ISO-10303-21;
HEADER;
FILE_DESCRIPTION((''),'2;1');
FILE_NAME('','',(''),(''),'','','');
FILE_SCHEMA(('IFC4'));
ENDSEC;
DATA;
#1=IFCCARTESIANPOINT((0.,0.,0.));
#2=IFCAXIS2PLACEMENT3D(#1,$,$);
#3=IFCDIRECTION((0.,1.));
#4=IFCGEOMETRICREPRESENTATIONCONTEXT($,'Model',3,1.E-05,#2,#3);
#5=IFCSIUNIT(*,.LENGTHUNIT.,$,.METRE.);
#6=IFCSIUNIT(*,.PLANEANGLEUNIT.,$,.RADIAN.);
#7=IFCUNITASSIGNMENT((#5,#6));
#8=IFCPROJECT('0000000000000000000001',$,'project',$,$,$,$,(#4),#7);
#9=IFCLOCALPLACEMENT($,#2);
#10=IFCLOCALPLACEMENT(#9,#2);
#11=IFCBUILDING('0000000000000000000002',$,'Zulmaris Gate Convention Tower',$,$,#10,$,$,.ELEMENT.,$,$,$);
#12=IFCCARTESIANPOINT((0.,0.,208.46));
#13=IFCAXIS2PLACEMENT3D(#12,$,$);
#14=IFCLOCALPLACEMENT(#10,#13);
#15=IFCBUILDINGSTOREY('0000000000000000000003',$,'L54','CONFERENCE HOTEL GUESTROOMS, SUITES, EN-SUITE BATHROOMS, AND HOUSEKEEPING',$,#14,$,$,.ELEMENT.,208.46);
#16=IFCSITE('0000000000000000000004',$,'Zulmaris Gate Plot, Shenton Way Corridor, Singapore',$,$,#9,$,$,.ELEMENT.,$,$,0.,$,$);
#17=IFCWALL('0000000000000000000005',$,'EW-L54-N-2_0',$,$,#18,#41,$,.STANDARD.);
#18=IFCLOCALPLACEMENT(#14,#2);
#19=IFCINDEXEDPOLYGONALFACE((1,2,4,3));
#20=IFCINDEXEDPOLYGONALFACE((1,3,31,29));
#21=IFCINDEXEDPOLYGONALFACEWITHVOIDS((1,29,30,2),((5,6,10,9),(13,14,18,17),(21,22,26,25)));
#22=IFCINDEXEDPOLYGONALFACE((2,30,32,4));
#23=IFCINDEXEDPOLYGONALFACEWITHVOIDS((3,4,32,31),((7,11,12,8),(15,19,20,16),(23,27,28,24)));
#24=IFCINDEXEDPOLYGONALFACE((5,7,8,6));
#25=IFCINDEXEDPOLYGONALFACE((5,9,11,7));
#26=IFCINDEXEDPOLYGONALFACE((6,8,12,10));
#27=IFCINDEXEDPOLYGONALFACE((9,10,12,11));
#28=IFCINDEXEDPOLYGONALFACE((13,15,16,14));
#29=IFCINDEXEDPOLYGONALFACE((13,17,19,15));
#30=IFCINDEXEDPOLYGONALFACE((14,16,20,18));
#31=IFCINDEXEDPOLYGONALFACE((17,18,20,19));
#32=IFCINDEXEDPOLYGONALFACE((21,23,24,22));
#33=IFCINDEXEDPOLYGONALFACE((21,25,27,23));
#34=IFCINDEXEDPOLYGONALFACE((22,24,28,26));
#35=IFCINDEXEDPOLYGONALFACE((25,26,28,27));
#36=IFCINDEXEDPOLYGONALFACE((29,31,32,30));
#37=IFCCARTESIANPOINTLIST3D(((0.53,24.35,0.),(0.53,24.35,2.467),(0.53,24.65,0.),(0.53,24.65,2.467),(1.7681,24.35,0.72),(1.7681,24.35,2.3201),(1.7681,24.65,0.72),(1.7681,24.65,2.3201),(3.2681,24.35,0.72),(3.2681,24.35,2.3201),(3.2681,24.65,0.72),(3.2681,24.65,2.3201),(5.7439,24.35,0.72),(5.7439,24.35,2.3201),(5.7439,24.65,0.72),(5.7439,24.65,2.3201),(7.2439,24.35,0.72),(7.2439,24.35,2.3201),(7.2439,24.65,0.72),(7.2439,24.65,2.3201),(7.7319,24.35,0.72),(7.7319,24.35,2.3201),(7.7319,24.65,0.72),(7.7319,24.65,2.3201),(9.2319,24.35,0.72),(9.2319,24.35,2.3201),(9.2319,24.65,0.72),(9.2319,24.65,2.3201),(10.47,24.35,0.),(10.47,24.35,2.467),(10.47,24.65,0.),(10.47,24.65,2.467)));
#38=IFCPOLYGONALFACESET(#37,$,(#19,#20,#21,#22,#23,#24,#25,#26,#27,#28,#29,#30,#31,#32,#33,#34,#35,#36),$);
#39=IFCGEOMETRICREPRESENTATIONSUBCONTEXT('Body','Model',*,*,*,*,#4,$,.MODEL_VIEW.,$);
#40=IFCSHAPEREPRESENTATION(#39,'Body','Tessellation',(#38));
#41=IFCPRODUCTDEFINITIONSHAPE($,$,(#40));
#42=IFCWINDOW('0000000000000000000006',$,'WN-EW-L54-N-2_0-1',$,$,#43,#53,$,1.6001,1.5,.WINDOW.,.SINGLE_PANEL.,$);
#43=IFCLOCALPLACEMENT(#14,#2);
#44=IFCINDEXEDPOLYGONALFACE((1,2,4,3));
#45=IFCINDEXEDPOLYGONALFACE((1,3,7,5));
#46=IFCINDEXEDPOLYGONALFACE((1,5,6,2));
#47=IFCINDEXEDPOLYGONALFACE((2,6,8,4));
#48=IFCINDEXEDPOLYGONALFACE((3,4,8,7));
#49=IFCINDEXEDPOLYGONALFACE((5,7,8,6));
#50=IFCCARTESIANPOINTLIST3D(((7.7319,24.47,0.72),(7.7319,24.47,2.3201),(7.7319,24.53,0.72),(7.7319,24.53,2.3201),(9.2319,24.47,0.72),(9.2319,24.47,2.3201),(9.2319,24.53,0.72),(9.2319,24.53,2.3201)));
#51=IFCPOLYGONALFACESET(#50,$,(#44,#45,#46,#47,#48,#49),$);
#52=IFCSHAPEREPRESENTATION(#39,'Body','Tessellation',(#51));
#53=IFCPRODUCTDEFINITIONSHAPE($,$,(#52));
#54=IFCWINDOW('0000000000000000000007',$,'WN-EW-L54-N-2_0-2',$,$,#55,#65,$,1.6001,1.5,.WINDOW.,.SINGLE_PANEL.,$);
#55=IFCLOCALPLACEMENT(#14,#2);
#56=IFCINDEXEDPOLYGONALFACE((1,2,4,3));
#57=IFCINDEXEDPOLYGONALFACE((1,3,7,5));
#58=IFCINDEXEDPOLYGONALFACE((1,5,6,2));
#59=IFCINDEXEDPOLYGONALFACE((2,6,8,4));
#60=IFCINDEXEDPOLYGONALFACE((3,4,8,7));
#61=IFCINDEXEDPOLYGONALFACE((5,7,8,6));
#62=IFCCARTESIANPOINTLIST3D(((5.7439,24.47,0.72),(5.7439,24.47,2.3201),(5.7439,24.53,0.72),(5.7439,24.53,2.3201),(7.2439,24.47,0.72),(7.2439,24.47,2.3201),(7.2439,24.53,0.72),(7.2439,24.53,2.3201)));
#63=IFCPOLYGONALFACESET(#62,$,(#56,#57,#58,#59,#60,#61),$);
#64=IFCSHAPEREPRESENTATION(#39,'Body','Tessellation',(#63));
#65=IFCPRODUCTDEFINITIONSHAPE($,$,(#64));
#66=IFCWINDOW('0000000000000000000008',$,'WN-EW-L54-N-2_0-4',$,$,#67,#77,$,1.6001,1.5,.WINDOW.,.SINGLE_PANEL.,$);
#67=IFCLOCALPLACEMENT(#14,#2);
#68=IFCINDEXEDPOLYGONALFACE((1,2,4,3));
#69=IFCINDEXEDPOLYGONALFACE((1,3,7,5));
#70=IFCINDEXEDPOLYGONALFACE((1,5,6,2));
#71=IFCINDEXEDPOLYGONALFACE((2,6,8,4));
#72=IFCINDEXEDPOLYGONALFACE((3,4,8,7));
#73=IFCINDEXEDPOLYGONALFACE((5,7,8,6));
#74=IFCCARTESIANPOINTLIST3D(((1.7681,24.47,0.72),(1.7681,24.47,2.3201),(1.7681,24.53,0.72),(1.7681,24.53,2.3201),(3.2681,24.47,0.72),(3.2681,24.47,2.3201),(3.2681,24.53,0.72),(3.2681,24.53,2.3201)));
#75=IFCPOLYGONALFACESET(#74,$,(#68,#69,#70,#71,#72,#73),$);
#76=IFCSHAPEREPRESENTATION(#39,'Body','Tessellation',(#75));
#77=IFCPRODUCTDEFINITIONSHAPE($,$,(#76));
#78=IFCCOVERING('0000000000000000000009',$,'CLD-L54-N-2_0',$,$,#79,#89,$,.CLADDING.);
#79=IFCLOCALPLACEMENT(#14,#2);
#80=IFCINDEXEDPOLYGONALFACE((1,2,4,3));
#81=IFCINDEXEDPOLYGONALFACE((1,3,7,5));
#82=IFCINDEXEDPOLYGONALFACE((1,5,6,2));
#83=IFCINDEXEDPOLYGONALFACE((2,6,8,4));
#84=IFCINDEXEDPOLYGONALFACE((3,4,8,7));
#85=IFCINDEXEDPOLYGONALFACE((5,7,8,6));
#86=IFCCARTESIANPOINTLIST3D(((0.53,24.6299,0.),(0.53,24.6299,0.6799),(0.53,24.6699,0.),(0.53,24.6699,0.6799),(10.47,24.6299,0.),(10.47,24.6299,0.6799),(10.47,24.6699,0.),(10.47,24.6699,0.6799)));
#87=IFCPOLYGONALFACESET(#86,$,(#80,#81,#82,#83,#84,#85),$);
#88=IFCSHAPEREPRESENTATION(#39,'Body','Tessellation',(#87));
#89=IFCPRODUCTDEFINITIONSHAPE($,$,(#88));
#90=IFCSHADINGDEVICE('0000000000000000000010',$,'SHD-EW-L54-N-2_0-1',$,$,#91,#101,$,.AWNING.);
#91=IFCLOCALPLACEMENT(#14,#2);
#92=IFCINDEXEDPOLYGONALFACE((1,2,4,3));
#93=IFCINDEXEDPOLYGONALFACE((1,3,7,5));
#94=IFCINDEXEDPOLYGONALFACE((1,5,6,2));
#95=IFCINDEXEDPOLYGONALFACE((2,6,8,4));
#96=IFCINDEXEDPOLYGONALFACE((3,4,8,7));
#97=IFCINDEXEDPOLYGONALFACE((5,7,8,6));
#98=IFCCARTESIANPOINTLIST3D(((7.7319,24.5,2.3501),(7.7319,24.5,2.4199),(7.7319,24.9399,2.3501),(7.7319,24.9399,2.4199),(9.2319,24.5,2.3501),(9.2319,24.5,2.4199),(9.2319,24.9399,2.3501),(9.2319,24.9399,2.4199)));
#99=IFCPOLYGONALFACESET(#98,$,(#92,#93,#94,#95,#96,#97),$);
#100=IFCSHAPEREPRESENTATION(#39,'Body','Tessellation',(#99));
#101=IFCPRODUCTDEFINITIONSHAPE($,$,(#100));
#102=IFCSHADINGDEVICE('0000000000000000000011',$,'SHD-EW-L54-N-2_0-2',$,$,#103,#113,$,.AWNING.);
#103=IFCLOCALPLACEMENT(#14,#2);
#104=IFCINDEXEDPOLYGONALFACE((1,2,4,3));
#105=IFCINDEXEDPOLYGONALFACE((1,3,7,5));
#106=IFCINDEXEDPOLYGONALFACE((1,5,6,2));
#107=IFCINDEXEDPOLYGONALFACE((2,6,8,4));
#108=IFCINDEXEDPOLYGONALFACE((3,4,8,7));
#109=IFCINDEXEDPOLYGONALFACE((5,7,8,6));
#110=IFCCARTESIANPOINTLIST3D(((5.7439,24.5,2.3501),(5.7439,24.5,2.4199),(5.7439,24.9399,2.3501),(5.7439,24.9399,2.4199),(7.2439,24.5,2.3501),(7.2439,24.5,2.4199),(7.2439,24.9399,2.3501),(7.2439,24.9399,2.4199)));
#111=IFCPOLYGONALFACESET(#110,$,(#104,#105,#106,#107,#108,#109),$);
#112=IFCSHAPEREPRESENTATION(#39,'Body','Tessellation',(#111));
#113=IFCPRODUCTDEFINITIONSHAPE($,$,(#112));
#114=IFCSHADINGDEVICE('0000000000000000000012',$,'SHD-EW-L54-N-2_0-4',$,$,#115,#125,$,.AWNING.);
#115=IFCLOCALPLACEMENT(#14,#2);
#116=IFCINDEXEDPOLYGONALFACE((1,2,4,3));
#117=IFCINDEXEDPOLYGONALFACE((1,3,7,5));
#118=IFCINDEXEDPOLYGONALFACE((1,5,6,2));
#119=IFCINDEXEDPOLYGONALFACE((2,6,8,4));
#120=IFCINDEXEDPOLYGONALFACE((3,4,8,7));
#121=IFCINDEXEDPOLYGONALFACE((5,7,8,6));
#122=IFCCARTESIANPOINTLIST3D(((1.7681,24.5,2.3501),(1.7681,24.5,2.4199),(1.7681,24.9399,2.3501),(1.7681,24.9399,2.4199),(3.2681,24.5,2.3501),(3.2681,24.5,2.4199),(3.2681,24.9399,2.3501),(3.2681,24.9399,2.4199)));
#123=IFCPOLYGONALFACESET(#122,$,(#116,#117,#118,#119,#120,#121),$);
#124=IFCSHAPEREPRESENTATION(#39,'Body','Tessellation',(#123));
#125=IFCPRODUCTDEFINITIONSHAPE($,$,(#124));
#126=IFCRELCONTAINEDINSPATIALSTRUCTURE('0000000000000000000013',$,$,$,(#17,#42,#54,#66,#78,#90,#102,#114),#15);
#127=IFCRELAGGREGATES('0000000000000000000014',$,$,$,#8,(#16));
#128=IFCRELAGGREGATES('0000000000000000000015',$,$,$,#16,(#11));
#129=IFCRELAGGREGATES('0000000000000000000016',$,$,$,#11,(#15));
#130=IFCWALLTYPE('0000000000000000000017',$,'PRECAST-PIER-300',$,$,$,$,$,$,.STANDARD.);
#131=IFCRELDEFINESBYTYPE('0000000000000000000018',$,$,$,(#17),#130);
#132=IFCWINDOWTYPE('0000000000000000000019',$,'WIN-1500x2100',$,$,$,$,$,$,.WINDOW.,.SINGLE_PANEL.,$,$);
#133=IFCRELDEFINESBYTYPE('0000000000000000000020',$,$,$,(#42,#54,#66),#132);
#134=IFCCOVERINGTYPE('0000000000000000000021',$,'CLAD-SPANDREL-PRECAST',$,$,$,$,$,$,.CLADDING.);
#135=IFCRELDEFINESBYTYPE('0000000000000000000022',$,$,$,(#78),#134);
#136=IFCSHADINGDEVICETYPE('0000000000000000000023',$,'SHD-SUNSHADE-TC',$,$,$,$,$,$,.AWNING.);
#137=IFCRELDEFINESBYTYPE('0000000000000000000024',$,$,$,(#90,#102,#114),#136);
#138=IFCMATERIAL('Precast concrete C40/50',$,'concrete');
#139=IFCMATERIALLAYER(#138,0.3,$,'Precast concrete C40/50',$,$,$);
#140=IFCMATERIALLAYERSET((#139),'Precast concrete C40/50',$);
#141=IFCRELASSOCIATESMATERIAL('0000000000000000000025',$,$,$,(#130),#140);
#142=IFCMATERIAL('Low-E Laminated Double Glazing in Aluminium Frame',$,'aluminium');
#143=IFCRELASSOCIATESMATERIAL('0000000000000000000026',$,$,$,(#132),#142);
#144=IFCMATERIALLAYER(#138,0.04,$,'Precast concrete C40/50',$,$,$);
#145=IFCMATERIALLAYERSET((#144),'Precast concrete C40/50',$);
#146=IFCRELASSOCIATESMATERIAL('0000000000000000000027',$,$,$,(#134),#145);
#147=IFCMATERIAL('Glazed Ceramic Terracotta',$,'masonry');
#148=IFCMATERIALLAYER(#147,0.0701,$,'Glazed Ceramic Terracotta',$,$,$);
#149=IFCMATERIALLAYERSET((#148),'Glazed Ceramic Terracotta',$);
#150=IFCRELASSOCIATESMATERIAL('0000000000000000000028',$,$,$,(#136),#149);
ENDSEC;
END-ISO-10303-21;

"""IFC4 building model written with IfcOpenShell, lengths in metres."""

from ifc_helpers import new_model, si_unit, direction, frame, frame_2d, origin, place, context, subcontext, project, spatial, rectangle, extrude, material, layer, layer_set, type_object, element, fill, save


model = new_model("IFC4")

# Units and contexts
model_context = context("Model", 3, precision=1e-05, world=origin(), true_north=direction((0.0, 1.0)))
body_context = subcontext(model_context, "Body", "Model", "MODEL_VIEW")
ifc_project = project(units=[si_unit("LENGTHUNIT", "METRE"), si_unit("PLANEANGLEUNIT", "RADIAN")], contexts=[model_context])

# Site, building, storey
site_placement = place(None, origin())
site = spatial("IfcSite", under=ifc_project, at=site_placement, Name="Zulmaris Gate Plot, Shenton Way Corridor, Singapore", CompositionType="ELEMENT", RefElevation=0.0)
building_placement = place(site_placement, origin())
building = spatial("IfcBuilding", under=site, at=building_placement, Name="Zulmaris Gate Convention Tower", CompositionType="ELEMENT")
storey_placement = place(building_placement, frame((0.0, 0.0, 208.46)))
storey = spatial("IfcBuildingStorey", under=building, at=storey_placement, Name="L54", Description="CONFERENCE HOTEL GUESTROOMS, SUITES, EN-SUITE BATHROOMS, AND HOUSEKEEPING", CompositionType="ELEMENT", Elevation=208.46)

# Wall, openings, windows
ifc_material_1 = material(Name="Precast concrete C40/50", Category="concrete")
ifc_layer_1 = layer(ifc_material_1, 0.3, Name="Precast concrete C40/50")
ifc_layer_set_1 = layer_set([ifc_layer_1], Name="Precast concrete C40/50")
wall_type_1 = type_object("IfcWallType", Name="PRECAST-PIER-300", PredefinedType="STANDARD", material=ifc_layer_set_1)
wall_1_placement = place(storey_placement, frame((10.47, 24.5, 0.0), z_axis=(0.0, 0.0, 1.0), x_axis=(-1.0, 0.0, 0.0)))
wall_1 = element("IfcWall", 1, at=wall_1_placement, inside=storey, type_object=wall_type_1, Name="EW-L54-N-2_0", PredefinedType="STANDARD", context=body_context, shape_type="SweptSolid", body=[
    extrude(rectangle(XDim=9.9399, YDim=0.3, at=frame_2d((4.97, 0.0))), origin(), (0.0, 0.0, 1.0), 2.467),
])
opening_1_placement = place(wall_1_placement, frame((1.238, 0.0, 0.72)))
opening_1 = element("IfcOpeningElement", 2, at=opening_1_placement, cuts=wall_1, PredefinedType="OPENING", context=body_context, shape_type="SweptSolid", body=[
    extrude(rectangle(XDim=1.5, YDim=1.6001, at=frame_2d((0.75, 0.8))), frame((0.0, 0.1602, 0.0), z_axis=(0.0, -1.0, 0.0), x_axis=(1.0, 0.0, 0.0)), (0.0, 0.0, 1.0), 0.3201),
])
opening_2_placement = place(wall_1_placement, frame((3.2261, 0.0, 0.72)))
opening_2 = element("IfcOpeningElement", 3, at=opening_2_placement, cuts=wall_1, PredefinedType="OPENING", context=body_context, shape_type="SweptSolid", body=[
    extrude(rectangle(XDim=1.5, YDim=1.6001, at=frame_2d((0.75, 0.8))), frame((0.0, 0.1602, 0.0), z_axis=(0.0, -1.0, 0.0), x_axis=(1.0, 0.0, 0.0)), (0.0, 0.0, 1.0), 0.3201),
])
opening_3_placement = place(wall_1_placement, frame((7.2019, 0.0, 0.72)))
opening_3 = element("IfcOpeningElement", 4, at=opening_3_placement, cuts=wall_1, PredefinedType="OPENING", context=body_context, shape_type="SweptSolid", body=[
    extrude(rectangle(XDim=1.5, YDim=1.6001, at=frame_2d((0.75, 0.8))), frame((0.0, 0.1602, 0.0), z_axis=(0.0, -1.0, 0.0), x_axis=(1.0, 0.0, 0.0)), (0.0, 0.0, 1.0), 0.3201),
])
ifc_material_2 = material(Name="Low-E Laminated Double Glazing in Aluminium Frame", Category="aluminium")
window_type = type_object("IfcWindowType", Name="WIN-1500x2100", PartitioningType="SINGLE_PANEL", PredefinedType="WINDOW", material=ifc_material_2)
window_1_placement = place(opening_1_placement, origin())
window_1 = element("IfcWindow", 5, at=window_1_placement, inside=storey, type_object=window_type, Name="WN-EW-L54-N-2_0-1", OverallHeight=1.6001, OverallWidth=1.5, PartitioningType="SINGLE_PANEL", PredefinedType="WINDOW", context=body_context, shape_type="SweptSolid", body=[
    extrude(rectangle(XDim=1.5, YDim=1.6001, at=frame_2d((0.75, 0.8))), frame((0.0, 0.03, 0.0), z_axis=(0.0, -1.0, 0.0), x_axis=(1.0, 0.0, 0.0)), (0.0, 0.0, 1.0), 0.0601),
])
fill(opening_1, window_1)
window_2_placement = place(opening_2_placement, origin())
window_2 = element("IfcWindow", 6, at=window_2_placement, inside=storey, type_object=window_type, Name="WN-EW-L54-N-2_0-2", OverallHeight=1.6001, OverallWidth=1.5, PartitioningType="SINGLE_PANEL", PredefinedType="WINDOW", context=body_context, shape_type="SweptSolid", body=[
    extrude(rectangle(XDim=1.5, YDim=1.6001, at=frame_2d((0.75, 0.8))), frame((0.0, 0.03, 0.0), z_axis=(0.0, -1.0, 0.0), x_axis=(1.0, 0.0, 0.0)), (0.0, 0.0, 1.0), 0.0601),
])
fill(opening_2, window_2)
window_3_placement = place(opening_3_placement, origin())
window_3 = element("IfcWindow", 7, at=window_3_placement, inside=storey, type_object=window_type, Name="WN-EW-L54-N-2_0-4", OverallHeight=1.6001, OverallWidth=1.5, PartitioningType="SINGLE_PANEL", PredefinedType="WINDOW", context=body_context, shape_type="SweptSolid", body=[
    extrude(rectangle(XDim=1.5, YDim=1.6001, at=frame_2d((0.75, 0.8))), frame((0.0, 0.03, 0.0), z_axis=(0.0, -1.0, 0.0), x_axis=(1.0, 0.0, 0.0)), (0.0, 0.0, 1.0), 0.0601),
])
fill(opening_3, window_3)

# Covering
ifc_layer_2 = layer(ifc_material_1, 0.04, Name="Precast concrete C40/50")
ifc_layer_set_2 = layer_set([ifc_layer_2], Name="Precast concrete C40/50")
covering_type = type_object("IfcCoveringType", Name="CLAD-SPANDREL-PRECAST", PredefinedType="CLADDING", material=ifc_layer_set_2)
covering_placement = place(storey_placement, frame((10.47, 24.6499, 0.0), z_axis=(0.0, 0.0, 1.0), x_axis=(-1.0, 0.0, 0.0)))
element("IfcCovering", 8, at=covering_placement, inside=storey, type_object=covering_type, Name="CLD-L54-N-2_0", PredefinedType="CLADDING", context=body_context, shape_type="SweptSolid", body=[
    extrude(rectangle(XDim=9.9399, YDim=0.04, at=frame_2d((4.97, 0.0))), origin(), (0.0, 0.0, 1.0), 0.6799),
])

# Shading devices
ifc_material_3 = material(Name="Glazed Ceramic Terracotta", Category="masonry")
ifc_layer_3 = layer(ifc_material_3, 0.0701, Name="Glazed Ceramic Terracotta")
ifc_layer_set_3 = layer_set([ifc_layer_3], Name="Glazed Ceramic Terracotta")
shading_device_type = type_object("IfcShadingDeviceType", Name="SHD-SUNSHADE-TC", PredefinedType="AWNING", material=ifc_layer_set_3)
for number, where, z_axis, x_axis, name in (
    (9, (9.2319, 24.72, 2.3501), (0.0, 0.0, 1.0), (-1.0, 0.0, 0.0), "SHD-EW-L54-N-2_0-1"),
    (10, (7.2439, 24.72, 2.3501), (0.0, 0.0, 1.0), (-1.0, 0.0, 0.0), "SHD-EW-L54-N-2_0-2"),
    (11, (3.2681, 24.72, 2.3501), (0.0, 0.0, 1.0), (-1.0, 0.0, 0.0), "SHD-EW-L54-N-2_0-4"),
):
    element("IfcShadingDevice", number, at=place(storey_placement, frame(where, z_axis=z_axis, x_axis=x_axis)), inside=storey, type_object=shading_device_type, Name=name, PredefinedType="AWNING", context=body_context, shape_type="SweptSolid", body=[
        extrude(rectangle(XDim=1.5, YDim=0.4399, at=frame_2d((0.75, 0.0))), origin(), (0.0, 0.0, 1.0), 0.0698),
    ])

save(model, "model.ifc")
